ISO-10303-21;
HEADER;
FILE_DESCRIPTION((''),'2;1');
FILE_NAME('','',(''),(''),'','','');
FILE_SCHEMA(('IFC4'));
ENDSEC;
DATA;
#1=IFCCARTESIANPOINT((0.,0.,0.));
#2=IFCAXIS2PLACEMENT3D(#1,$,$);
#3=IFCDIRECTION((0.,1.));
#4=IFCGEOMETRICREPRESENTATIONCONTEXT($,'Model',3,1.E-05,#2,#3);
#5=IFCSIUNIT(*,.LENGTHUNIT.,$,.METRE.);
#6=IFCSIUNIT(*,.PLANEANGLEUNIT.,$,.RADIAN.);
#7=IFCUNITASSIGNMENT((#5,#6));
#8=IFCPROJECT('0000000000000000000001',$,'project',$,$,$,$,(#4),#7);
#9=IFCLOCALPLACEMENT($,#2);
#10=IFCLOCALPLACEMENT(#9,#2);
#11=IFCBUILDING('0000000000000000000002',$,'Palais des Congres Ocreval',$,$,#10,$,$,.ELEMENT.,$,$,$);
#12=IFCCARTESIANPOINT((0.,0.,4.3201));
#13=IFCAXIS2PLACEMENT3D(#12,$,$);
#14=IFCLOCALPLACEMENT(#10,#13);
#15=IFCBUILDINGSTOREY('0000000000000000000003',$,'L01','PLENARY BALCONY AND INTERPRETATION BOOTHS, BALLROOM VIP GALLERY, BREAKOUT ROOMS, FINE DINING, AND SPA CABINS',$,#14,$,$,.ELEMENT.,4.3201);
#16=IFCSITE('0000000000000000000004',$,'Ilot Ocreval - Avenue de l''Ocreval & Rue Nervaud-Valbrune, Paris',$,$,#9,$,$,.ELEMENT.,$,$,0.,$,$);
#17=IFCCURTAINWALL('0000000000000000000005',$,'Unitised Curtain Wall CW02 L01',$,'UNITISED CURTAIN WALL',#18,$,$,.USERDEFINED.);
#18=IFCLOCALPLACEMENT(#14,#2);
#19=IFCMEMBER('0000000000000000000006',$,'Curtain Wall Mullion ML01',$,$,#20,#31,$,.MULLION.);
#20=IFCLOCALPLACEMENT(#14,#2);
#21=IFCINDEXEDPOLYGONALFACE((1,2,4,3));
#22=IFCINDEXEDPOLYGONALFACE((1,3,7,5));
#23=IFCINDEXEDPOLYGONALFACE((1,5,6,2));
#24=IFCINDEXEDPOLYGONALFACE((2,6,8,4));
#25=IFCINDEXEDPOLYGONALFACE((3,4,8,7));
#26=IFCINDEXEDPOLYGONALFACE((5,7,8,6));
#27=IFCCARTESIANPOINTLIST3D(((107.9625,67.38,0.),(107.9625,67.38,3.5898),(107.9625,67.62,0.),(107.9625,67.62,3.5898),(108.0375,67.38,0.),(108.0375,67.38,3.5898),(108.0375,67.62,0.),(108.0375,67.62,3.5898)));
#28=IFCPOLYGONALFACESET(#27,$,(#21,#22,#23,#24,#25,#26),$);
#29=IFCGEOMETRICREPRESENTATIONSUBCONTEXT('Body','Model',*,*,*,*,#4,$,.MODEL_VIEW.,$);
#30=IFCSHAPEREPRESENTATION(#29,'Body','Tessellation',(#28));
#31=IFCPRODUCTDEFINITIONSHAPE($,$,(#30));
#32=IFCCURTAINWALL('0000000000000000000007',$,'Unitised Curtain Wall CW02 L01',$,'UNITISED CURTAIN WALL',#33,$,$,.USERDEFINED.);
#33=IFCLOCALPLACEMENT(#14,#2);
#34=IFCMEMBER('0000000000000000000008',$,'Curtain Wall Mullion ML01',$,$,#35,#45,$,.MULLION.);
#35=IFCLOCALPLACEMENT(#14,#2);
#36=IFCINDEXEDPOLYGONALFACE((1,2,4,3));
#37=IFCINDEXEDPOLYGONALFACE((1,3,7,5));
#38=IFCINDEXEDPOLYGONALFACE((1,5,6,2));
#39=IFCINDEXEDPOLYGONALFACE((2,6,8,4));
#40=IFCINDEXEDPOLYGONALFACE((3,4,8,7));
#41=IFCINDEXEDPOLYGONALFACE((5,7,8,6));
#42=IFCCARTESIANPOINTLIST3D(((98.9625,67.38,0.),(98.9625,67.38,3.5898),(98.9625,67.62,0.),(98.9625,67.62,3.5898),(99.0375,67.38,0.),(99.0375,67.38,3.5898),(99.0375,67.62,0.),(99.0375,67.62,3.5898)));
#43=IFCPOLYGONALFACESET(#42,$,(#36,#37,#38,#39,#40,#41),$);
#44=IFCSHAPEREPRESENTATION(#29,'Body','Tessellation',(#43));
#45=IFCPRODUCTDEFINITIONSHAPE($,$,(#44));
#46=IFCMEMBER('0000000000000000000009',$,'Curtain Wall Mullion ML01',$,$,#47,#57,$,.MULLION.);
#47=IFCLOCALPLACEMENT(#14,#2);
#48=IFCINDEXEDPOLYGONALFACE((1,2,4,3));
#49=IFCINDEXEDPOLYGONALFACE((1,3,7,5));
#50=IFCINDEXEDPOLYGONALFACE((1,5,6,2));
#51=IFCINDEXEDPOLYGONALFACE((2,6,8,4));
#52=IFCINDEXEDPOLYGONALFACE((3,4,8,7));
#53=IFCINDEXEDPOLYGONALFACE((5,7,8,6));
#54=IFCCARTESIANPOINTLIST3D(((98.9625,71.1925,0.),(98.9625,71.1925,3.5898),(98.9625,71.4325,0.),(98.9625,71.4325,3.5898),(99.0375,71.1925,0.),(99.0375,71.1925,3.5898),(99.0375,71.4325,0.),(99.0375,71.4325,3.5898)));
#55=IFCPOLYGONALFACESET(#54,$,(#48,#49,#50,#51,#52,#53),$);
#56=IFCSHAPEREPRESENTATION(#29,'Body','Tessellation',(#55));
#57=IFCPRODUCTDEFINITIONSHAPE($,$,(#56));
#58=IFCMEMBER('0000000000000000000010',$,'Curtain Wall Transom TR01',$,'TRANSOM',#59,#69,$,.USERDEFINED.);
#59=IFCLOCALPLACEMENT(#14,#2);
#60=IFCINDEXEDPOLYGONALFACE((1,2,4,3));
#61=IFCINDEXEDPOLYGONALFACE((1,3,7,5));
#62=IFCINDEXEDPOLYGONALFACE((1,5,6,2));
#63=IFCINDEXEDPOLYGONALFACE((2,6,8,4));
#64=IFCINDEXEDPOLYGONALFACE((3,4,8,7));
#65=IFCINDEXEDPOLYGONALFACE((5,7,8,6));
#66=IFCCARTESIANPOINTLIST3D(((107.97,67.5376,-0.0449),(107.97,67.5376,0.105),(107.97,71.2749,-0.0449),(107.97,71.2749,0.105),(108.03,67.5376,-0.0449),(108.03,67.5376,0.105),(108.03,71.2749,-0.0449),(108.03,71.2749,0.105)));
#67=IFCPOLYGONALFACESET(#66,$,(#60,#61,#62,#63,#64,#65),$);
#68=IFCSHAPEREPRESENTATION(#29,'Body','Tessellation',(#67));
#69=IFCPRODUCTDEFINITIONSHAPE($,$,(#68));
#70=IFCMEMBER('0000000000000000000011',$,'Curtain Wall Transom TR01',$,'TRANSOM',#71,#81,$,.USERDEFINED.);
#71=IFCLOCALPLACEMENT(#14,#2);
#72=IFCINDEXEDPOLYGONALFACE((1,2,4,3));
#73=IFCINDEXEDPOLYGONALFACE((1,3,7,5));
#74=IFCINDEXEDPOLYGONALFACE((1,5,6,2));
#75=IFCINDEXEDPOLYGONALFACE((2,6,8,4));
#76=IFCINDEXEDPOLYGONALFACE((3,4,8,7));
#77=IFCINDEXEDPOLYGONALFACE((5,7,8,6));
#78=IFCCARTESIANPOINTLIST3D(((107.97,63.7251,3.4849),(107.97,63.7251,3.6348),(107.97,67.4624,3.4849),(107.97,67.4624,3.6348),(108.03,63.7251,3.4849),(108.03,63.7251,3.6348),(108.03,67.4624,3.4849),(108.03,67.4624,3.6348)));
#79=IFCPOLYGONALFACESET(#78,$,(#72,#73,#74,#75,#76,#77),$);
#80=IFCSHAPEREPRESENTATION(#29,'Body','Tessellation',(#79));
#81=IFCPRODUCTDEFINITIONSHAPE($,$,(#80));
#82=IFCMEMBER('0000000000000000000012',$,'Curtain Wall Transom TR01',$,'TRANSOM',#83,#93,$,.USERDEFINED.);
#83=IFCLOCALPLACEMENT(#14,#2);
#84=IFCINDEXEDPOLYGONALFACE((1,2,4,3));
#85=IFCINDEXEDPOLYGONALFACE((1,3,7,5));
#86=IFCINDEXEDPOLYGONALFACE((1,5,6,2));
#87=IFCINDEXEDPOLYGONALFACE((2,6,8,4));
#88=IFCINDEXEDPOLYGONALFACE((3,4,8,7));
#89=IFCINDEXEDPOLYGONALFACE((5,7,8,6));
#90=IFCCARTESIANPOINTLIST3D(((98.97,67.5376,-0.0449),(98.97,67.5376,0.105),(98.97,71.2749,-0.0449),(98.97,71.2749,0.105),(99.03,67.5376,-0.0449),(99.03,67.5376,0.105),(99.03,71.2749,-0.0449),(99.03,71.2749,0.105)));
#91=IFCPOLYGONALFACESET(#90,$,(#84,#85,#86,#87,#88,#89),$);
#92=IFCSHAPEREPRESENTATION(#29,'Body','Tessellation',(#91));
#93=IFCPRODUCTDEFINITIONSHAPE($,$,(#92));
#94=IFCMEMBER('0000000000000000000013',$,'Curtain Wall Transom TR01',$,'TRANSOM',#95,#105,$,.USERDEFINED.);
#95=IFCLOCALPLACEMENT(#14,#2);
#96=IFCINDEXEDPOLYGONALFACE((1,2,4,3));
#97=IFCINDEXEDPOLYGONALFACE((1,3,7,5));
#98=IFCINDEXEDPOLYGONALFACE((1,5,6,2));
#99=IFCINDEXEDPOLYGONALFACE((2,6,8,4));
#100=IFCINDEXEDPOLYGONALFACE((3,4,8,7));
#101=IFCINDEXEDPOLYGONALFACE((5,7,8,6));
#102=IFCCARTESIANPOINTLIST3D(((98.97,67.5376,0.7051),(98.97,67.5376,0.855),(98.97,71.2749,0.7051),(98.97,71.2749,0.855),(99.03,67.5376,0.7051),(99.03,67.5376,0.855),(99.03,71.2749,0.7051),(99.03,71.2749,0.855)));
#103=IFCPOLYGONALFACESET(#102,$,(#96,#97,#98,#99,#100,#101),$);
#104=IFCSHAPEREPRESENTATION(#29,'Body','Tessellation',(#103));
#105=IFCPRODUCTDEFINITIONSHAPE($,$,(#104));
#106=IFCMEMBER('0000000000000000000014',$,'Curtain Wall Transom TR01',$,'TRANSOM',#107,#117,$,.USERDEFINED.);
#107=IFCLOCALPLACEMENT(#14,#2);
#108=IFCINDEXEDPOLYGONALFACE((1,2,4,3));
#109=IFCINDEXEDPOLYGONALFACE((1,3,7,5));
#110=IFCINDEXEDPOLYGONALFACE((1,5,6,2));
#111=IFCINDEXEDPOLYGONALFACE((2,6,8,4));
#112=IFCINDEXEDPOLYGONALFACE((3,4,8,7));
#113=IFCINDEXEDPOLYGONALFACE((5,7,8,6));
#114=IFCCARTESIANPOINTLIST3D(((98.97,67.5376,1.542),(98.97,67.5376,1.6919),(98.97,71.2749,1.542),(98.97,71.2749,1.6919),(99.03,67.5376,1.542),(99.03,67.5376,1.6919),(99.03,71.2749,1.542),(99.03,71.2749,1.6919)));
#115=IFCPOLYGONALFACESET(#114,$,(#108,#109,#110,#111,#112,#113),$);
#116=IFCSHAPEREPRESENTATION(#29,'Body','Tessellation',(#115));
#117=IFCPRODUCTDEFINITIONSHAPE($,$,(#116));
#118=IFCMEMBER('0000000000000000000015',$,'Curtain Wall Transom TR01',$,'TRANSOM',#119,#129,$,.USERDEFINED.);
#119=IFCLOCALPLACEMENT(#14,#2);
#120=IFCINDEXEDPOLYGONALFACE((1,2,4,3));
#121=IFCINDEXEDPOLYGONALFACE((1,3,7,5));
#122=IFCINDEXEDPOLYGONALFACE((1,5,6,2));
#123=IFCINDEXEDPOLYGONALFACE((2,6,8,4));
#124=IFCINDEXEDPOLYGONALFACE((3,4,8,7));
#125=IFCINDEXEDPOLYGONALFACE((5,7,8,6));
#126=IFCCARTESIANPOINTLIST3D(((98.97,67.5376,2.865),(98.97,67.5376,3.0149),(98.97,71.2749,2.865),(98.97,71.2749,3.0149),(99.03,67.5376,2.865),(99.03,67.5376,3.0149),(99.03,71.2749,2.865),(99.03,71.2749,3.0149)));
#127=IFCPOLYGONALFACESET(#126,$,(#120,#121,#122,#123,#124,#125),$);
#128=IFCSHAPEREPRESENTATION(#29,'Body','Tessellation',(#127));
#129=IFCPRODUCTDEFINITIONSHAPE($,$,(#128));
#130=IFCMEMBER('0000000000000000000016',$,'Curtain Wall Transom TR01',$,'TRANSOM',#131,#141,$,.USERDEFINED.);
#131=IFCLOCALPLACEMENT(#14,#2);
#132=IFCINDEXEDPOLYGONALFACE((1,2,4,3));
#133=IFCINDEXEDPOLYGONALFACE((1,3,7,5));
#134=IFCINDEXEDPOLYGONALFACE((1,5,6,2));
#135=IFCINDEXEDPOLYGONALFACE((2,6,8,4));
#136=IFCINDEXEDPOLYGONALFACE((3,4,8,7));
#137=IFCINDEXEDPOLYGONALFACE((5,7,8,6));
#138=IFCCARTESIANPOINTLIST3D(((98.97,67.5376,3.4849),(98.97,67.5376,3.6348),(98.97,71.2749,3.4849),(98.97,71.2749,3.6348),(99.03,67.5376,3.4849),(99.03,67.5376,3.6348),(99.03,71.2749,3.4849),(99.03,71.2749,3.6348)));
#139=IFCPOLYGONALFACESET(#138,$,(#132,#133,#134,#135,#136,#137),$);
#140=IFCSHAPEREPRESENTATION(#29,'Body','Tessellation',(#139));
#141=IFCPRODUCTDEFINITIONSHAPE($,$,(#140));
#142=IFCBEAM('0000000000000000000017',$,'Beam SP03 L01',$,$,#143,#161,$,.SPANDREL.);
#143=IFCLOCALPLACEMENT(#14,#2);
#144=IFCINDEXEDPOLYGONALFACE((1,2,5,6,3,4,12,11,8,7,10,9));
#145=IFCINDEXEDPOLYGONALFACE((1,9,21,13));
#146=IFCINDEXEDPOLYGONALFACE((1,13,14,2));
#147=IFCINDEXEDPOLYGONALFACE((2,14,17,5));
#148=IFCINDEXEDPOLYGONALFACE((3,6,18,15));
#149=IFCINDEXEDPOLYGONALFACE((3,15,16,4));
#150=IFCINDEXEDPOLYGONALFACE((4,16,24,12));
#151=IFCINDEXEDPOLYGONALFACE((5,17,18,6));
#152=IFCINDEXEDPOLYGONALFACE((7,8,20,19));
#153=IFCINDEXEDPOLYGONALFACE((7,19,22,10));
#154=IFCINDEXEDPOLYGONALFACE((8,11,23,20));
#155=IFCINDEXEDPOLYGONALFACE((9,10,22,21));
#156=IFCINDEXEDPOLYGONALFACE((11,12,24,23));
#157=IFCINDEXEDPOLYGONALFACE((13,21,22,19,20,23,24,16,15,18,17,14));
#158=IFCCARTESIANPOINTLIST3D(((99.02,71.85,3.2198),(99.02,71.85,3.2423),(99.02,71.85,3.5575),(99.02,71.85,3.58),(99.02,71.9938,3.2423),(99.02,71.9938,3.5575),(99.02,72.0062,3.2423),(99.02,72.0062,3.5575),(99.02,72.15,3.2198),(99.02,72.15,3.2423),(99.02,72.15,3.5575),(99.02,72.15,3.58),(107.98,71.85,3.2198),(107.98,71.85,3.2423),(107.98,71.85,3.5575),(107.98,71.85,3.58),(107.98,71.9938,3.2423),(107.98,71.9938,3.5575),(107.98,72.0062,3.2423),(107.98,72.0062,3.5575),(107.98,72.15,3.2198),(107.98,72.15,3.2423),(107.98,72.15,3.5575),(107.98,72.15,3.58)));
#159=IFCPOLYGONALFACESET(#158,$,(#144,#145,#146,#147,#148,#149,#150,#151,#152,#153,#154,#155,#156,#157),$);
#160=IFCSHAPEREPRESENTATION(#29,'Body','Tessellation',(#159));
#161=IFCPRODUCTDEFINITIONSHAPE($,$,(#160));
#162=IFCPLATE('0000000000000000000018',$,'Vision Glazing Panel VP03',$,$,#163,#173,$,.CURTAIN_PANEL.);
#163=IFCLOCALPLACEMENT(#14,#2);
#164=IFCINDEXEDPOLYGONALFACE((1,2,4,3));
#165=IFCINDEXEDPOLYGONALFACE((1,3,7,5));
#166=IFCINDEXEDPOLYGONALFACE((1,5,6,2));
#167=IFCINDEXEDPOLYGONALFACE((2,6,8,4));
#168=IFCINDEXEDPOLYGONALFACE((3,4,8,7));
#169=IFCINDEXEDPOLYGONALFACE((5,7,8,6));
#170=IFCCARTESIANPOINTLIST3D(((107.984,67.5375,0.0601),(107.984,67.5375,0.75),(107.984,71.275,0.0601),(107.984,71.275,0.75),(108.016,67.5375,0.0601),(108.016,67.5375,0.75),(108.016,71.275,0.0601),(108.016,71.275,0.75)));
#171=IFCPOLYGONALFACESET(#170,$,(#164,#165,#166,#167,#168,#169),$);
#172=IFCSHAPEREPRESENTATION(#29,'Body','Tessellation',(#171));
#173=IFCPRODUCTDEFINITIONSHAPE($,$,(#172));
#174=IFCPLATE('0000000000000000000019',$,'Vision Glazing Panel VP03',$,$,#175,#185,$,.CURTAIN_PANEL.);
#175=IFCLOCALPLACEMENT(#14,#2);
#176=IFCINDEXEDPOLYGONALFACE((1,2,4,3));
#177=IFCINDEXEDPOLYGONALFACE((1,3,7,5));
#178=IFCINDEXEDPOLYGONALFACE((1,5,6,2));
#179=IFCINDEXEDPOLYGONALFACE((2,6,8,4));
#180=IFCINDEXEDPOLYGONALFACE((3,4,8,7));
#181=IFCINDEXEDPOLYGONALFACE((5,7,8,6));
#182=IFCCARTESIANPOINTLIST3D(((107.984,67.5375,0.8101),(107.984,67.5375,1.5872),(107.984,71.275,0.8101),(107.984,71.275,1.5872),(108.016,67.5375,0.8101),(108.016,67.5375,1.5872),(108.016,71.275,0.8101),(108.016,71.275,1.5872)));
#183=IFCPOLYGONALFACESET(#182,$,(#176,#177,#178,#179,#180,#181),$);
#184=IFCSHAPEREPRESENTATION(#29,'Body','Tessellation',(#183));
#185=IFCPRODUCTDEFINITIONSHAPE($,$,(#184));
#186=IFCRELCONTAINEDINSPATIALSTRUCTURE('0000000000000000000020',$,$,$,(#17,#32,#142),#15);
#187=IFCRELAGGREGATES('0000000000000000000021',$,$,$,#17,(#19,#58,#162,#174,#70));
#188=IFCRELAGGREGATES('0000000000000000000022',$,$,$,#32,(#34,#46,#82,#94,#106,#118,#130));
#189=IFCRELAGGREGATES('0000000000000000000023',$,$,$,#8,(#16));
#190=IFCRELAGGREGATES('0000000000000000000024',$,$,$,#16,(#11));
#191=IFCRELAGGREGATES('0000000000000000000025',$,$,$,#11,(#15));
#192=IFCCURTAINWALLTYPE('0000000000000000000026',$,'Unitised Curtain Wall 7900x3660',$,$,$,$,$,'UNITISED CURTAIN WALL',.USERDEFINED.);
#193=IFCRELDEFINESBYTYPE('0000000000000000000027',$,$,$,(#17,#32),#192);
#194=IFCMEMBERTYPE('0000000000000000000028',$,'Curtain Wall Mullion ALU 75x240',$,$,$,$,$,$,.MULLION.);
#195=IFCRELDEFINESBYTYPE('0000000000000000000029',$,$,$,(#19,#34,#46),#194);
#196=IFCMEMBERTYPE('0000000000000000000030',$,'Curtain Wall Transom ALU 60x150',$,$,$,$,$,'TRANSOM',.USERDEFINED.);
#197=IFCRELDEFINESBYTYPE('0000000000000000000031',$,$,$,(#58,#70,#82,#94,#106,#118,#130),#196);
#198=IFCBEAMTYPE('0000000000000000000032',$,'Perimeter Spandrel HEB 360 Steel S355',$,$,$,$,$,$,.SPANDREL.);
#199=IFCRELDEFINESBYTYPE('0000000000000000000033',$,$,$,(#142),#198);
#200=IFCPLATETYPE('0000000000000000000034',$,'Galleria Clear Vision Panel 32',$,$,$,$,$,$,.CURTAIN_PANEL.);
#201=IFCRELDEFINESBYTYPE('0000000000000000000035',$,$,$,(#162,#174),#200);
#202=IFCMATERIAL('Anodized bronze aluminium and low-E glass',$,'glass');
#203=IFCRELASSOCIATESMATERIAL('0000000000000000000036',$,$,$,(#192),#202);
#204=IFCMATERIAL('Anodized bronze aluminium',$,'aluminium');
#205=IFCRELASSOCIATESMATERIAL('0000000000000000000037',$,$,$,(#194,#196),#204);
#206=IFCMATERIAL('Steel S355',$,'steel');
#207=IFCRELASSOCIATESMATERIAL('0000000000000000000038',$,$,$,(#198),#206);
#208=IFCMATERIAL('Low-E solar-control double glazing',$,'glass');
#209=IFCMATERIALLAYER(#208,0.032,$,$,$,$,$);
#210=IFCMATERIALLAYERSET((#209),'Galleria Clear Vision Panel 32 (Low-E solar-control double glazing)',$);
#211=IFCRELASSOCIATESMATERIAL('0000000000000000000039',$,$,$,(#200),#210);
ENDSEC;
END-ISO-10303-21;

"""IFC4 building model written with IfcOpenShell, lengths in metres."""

from ifc_helpers import new_model, si_unit, direction, frame, origin, origin_2d, place, context, subcontext, project, spatial, rectangle, i_section, extrude, material, layer, layer_set, material_profile, profile_set, type_object, element, aggregate, save


model = new_model("IFC4")

# Units and contexts
model_context = context("Model", 3, precision=1e-05, world=origin(), true_north=direction((0.0, 1.0)))
body_context = subcontext(model_context, "Body", "Model", "MODEL_VIEW")
ifc_project = project(units=[si_unit("LENGTHUNIT", "METRE"), si_unit("PLANEANGLEUNIT", "RADIAN")], contexts=[model_context])

# Site, building, storey
site_placement = place(None, origin())
site = spatial("IfcSite", under=ifc_project, at=site_placement, Name="Ilot Ocreval - Avenue de l'Ocreval & Rue Nervaud-Valbrune, Paris", CompositionType="ELEMENT", RefElevation=0.0)
building_placement = place(site_placement, origin())
building = spatial("IfcBuilding", under=site, at=building_placement, Name="Palais des Congres Ocreval", CompositionType="ELEMENT")
storey_placement = place(building_placement, frame((0.0, 0.0, 4.3201)))
storey = spatial("IfcBuildingStorey", under=building, at=storey_placement, Name="L01", Description="PLENARY BALCONY AND INTERPRETATION BOOTHS, BALLROOM VIP GALLERY, BREAKOUT ROOMS, FINE DINING, AND SPA CABINS", CompositionType="ELEMENT", Elevation=4.3201)

# Curtain wall, member
ifc_material_1 = material(Name="Anodized bronze aluminium and low-E glass", Category="glass")
curtain_wall_type = type_object("IfcCurtainWallType", Name="Unitised Curtain Wall 7900x3660", ElementType="UNITISED CURTAIN WALL", PredefinedType="USERDEFINED", material=ifc_material_1)
curtain_wall_1_placement = place(storey_placement, origin())
curtain_wall_1 = element("IfcCurtainWall", 1, at=curtain_wall_1_placement, inside=storey, type_object=curtain_wall_type, Name="Unitised Curtain Wall CW02 L01", ObjectType="UNITISED CURTAIN WALL", PredefinedType="USERDEFINED")
ifc_material_2 = material(Name="Anodized bronze aluminium", Category="aluminium")
ifc_material_profile_1 = material_profile(ifc_material_2, rectangle(XDim=0.075, YDim=0.24, at=origin_2d()), Name="ALU 75x240")
ifc_profile_set_1 = profile_set([ifc_material_profile_1], Name="Anodized bronze aluminium")
member_type_1 = type_object("IfcMemberType", Name="Curtain Wall Mullion ALU 75x240", PredefinedType="MULLION", material=ifc_profile_set_1)
member_1_placement = place(storey_placement, frame((108.0, 67.5, 0.0), z_axis=(0.0, 0.0, 1.0), x_axis=(1.0, 0.0, 0.0)))
member_1 = element("IfcMember", 2, at=member_1_placement, type_object=member_type_1, Name="Curtain Wall Mullion ML01", PredefinedType="MULLION", context=body_context, shape_type="SweptSolid", body=[
    extrude(rectangle(XDim=0.075, YDim=0.24, at=origin_2d()), origin(), (0.0, 0.0, 1.0), 3.5898),
])

# Curtain wall, members
curtain_wall_2_placement = place(storey_placement, origin())
curtain_wall_2 = element("IfcCurtainWall", 3, at=curtain_wall_2_placement, inside=storey, type_object=curtain_wall_type, Name="Unitised Curtain Wall CW02 L01", ObjectType="UNITISED CURTAIN WALL", PredefinedType="USERDEFINED")
member_2_placement = place(storey_placement, frame((99.0, 67.5, 0.0), z_axis=(0.0, 0.0, 1.0), x_axis=(-1.0, 0.0, 0.0)))
member_2 = element("IfcMember", 4, at=member_2_placement, type_object=member_type_1, Name="Curtain Wall Mullion ML01", PredefinedType="MULLION", context=body_context, shape_type="SweptSolid", body=[
    extrude(rectangle(XDim=0.075, YDim=0.24, at=origin_2d()), origin(), (0.0, 0.0, 1.0), 3.5898),
])
member_3_placement = place(storey_placement, frame((99.0, 71.3125, 0.0), z_axis=(0.0, 0.0, 1.0), x_axis=(-1.0, 0.0, 0.0)))
member_3 = element("IfcMember", 5, at=member_3_placement, type_object=member_type_1, Name="Curtain Wall Mullion ML01", PredefinedType="MULLION", context=body_context, shape_type="SweptSolid", body=[
    extrude(rectangle(XDim=0.075, YDim=0.24, at=origin_2d()), origin(), (0.0, 0.0, 1.0), 3.5898),
])

# Members
ifc_material_profile_2 = material_profile(ifc_material_2, rectangle(XDim=0.0601, YDim=0.1499, at=origin_2d()), Name="ALU 60x150")
ifc_profile_set_2 = profile_set([ifc_material_profile_2], Name="Anodized bronze aluminium")
member_type_2 = type_object("IfcMemberType", Name="Curtain Wall Transom ALU 60x150", ElementType="TRANSOM", PredefinedType="USERDEFINED", material=ifc_profile_set_2)
member_4_placement = place(storey_placement, frame((108.0, 71.2749, 0.03), z_axis=(0.0, -1.0, 0.0), x_axis=(1.0, 0.0, 0.0)))
member_4 = element("IfcMember", 6, at=member_4_placement, type_object=member_type_2, Name="Curtain Wall Transom TR01", ObjectType="TRANSOM", PredefinedType="USERDEFINED", context=body_context, shape_type="SweptSolid", body=[
    extrude(rectangle(XDim=0.0601, YDim=0.1499, at=origin_2d()), origin(), (0.0, 0.0, 1.0), 3.7373),
])
member_5_placement = place(storey_placement, frame((108.0, 67.4624, 3.5598), z_axis=(0.0, -1.0, 0.0), x_axis=(1.0, 0.0, 0.0)))
member_5 = element("IfcMember", 7, at=member_5_placement, type_object=member_type_2, Name="Curtain Wall Transom TR01", ObjectType="TRANSOM", PredefinedType="USERDEFINED", context=body_context, shape_type="SweptSolid", body=[
    extrude(rectangle(XDim=0.0601, YDim=0.1499, at=origin_2d()), origin(), (0.0, 0.0, 1.0), 3.7373),
])
member_6_placement = place(storey_placement, frame((99.0, 67.5376, 0.03), z_axis=(0.0, 1.0, 0.0), x_axis=(-1.0, 0.0, 0.0)))
member_6 = element("IfcMember", 8, at=member_6_placement, type_object=member_type_2, Name="Curtain Wall Transom TR01", ObjectType="TRANSOM", PredefinedType="USERDEFINED", context=body_context, shape_type="SweptSolid", body=[
    extrude(rectangle(XDim=0.0601, YDim=0.1499, at=origin_2d()), origin(), (0.0, 0.0, 1.0), 3.7373),
])
member_7_placement = place(storey_placement, frame((99.0, 67.5376, 0.78), z_axis=(0.0, 1.0, 0.0), x_axis=(-1.0, 0.0, 0.0)))
member_7 = element("IfcMember", 9, at=member_7_placement, type_object=member_type_2, Name="Curtain Wall Transom TR01", ObjectType="TRANSOM", PredefinedType="USERDEFINED", context=body_context, shape_type="SweptSolid", body=[
    extrude(rectangle(XDim=0.0601, YDim=0.1499, at=origin_2d()), origin(), (0.0, 0.0, 1.0), 3.7373),
])
member_8_placement = place(storey_placement, frame((99.0, 67.5376, 1.6169), z_axis=(0.0, 1.0, 0.0), x_axis=(-1.0, 0.0, 0.0)))
member_8 = element("IfcMember", 10, at=member_8_placement, type_object=member_type_2, Name="Curtain Wall Transom TR01", ObjectType="TRANSOM", PredefinedType="USERDEFINED", context=body_context, shape_type="SweptSolid", body=[
    extrude(rectangle(XDim=0.0601, YDim=0.1499, at=origin_2d()), origin(), (0.0, 0.0, 1.0), 3.7373),
])
member_9_placement = place(storey_placement, frame((99.0, 67.5376, 2.9399), z_axis=(0.0, 1.0, 0.0), x_axis=(-1.0, 0.0, 0.0)))
member_9 = element("IfcMember", 11, at=member_9_placement, type_object=member_type_2, Name="Curtain Wall Transom TR01", ObjectType="TRANSOM", PredefinedType="USERDEFINED", context=body_context, shape_type="SweptSolid", body=[
    extrude(rectangle(XDim=0.0601, YDim=0.1499, at=origin_2d()), origin(), (0.0, 0.0, 1.0), 3.7373),
])
member_10_placement = place(storey_placement, frame((99.0, 67.5376, 3.5598), z_axis=(0.0, 1.0, 0.0), x_axis=(-1.0, 0.0, 0.0)))
member_10 = element("IfcMember", 12, at=member_10_placement, type_object=member_type_2, Name="Curtain Wall Transom TR01", ObjectType="TRANSOM", PredefinedType="USERDEFINED", context=body_context, shape_type="SweptSolid", body=[
    extrude(rectangle(XDim=0.0601, YDim=0.1499, at=origin_2d()), origin(), (0.0, 0.0, 1.0), 3.7373),
])

# Beam
ifc_material_3 = material(Name="Steel S355", Category="steel")
ifc_material_profile_3 = material_profile(ifc_material_3, i_section(OverallWidth=0.3, OverallDepth=0.3601, WebThickness=0.0125, FlangeThickness=0.0225, at=origin_2d()), Name="HEB 360")
ifc_profile_set_3 = profile_set([ifc_material_profile_3], Name="Steel S355")
beam_type = type_object("IfcBeamType", Name="Perimeter Spandrel HEB 360 Steel S355", PredefinedType="SPANDREL", material=ifc_profile_set_3)
beam_placement = place(storey_placement, frame((99.02, 72.0, 3.3999), z_axis=(1.0, 0.0, 0.0), x_axis=(0.0, 1.0, 0.0)))
element("IfcBeam", 13, at=beam_placement, inside=storey, type_object=beam_type, Name="Beam SP03 L01", PredefinedType="SPANDREL", context=body_context, shape_type="SweptSolid", body=[
    extrude(i_section(OverallWidth=0.3, OverallDepth=0.3601, WebThickness=0.0125, FlangeThickness=0.0225, at=origin_2d()), origin(), (0.0, 0.0, 1.0), 8.96),
])

# Plates
ifc_material_4 = material(Name="Low-E solar-control double glazing", Category="glass")
ifc_layer_1 = layer(ifc_material_4, 0.032)
ifc_layer_set_1 = layer_set([ifc_layer_1], Name="Galleria Clear Vision Panel 32 (Low-E solar-control double glazing)")
plate_type_1 = type_object("IfcPlateType", Name="Galleria Clear Vision Panel 32", PredefinedType="CURTAIN_PANEL", material=ifc_layer_set_1)
plate_1_placement = place(storey_placement, frame((108.0, 69.4062, 0.0601), z_axis=(0.0, 0.0, 1.0), x_axis=(0.0, -1.0, 0.0)))
plate_1 = element("IfcPlate", 14, at=plate_1_placement, type_object=plate_type_1, Name="Vision Glazing Panel VP03", PredefinedType="CURTAIN_PANEL", context=body_context, shape_type="SweptSolid", body=[
    extrude(rectangle(XDim=3.7375, YDim=0.032, at=origin_2d()), origin(), (0.0, 0.0, 1.0), 0.6899),
])
plate_2_placement = place(storey_placement, frame((108.0, 69.4062, 0.8101), z_axis=(0.0, 0.0, 1.0), x_axis=(0.0, -1.0, 0.0)))
plate_2 = element("IfcPlate", 15, at=plate_2_placement, type_object=plate_type_1, Name="Vision Glazing Panel VP03", PredefinedType="CURTAIN_PANEL", context=body_context, shape_type="SweptSolid", body=[
    extrude(rectangle(XDim=3.7375, YDim=0.032, at=origin_2d()), origin(), (0.0, 0.0, 1.0), 0.7771),
])
aggregate(curtain_wall_1, [member_1, member_4, plate_1, plate_2, member_5])
aggregate(curtain_wall_2, [member_2, member_3, member_6, member_7, member_8, member_9, member_10])

save(model, "model.ifc")
